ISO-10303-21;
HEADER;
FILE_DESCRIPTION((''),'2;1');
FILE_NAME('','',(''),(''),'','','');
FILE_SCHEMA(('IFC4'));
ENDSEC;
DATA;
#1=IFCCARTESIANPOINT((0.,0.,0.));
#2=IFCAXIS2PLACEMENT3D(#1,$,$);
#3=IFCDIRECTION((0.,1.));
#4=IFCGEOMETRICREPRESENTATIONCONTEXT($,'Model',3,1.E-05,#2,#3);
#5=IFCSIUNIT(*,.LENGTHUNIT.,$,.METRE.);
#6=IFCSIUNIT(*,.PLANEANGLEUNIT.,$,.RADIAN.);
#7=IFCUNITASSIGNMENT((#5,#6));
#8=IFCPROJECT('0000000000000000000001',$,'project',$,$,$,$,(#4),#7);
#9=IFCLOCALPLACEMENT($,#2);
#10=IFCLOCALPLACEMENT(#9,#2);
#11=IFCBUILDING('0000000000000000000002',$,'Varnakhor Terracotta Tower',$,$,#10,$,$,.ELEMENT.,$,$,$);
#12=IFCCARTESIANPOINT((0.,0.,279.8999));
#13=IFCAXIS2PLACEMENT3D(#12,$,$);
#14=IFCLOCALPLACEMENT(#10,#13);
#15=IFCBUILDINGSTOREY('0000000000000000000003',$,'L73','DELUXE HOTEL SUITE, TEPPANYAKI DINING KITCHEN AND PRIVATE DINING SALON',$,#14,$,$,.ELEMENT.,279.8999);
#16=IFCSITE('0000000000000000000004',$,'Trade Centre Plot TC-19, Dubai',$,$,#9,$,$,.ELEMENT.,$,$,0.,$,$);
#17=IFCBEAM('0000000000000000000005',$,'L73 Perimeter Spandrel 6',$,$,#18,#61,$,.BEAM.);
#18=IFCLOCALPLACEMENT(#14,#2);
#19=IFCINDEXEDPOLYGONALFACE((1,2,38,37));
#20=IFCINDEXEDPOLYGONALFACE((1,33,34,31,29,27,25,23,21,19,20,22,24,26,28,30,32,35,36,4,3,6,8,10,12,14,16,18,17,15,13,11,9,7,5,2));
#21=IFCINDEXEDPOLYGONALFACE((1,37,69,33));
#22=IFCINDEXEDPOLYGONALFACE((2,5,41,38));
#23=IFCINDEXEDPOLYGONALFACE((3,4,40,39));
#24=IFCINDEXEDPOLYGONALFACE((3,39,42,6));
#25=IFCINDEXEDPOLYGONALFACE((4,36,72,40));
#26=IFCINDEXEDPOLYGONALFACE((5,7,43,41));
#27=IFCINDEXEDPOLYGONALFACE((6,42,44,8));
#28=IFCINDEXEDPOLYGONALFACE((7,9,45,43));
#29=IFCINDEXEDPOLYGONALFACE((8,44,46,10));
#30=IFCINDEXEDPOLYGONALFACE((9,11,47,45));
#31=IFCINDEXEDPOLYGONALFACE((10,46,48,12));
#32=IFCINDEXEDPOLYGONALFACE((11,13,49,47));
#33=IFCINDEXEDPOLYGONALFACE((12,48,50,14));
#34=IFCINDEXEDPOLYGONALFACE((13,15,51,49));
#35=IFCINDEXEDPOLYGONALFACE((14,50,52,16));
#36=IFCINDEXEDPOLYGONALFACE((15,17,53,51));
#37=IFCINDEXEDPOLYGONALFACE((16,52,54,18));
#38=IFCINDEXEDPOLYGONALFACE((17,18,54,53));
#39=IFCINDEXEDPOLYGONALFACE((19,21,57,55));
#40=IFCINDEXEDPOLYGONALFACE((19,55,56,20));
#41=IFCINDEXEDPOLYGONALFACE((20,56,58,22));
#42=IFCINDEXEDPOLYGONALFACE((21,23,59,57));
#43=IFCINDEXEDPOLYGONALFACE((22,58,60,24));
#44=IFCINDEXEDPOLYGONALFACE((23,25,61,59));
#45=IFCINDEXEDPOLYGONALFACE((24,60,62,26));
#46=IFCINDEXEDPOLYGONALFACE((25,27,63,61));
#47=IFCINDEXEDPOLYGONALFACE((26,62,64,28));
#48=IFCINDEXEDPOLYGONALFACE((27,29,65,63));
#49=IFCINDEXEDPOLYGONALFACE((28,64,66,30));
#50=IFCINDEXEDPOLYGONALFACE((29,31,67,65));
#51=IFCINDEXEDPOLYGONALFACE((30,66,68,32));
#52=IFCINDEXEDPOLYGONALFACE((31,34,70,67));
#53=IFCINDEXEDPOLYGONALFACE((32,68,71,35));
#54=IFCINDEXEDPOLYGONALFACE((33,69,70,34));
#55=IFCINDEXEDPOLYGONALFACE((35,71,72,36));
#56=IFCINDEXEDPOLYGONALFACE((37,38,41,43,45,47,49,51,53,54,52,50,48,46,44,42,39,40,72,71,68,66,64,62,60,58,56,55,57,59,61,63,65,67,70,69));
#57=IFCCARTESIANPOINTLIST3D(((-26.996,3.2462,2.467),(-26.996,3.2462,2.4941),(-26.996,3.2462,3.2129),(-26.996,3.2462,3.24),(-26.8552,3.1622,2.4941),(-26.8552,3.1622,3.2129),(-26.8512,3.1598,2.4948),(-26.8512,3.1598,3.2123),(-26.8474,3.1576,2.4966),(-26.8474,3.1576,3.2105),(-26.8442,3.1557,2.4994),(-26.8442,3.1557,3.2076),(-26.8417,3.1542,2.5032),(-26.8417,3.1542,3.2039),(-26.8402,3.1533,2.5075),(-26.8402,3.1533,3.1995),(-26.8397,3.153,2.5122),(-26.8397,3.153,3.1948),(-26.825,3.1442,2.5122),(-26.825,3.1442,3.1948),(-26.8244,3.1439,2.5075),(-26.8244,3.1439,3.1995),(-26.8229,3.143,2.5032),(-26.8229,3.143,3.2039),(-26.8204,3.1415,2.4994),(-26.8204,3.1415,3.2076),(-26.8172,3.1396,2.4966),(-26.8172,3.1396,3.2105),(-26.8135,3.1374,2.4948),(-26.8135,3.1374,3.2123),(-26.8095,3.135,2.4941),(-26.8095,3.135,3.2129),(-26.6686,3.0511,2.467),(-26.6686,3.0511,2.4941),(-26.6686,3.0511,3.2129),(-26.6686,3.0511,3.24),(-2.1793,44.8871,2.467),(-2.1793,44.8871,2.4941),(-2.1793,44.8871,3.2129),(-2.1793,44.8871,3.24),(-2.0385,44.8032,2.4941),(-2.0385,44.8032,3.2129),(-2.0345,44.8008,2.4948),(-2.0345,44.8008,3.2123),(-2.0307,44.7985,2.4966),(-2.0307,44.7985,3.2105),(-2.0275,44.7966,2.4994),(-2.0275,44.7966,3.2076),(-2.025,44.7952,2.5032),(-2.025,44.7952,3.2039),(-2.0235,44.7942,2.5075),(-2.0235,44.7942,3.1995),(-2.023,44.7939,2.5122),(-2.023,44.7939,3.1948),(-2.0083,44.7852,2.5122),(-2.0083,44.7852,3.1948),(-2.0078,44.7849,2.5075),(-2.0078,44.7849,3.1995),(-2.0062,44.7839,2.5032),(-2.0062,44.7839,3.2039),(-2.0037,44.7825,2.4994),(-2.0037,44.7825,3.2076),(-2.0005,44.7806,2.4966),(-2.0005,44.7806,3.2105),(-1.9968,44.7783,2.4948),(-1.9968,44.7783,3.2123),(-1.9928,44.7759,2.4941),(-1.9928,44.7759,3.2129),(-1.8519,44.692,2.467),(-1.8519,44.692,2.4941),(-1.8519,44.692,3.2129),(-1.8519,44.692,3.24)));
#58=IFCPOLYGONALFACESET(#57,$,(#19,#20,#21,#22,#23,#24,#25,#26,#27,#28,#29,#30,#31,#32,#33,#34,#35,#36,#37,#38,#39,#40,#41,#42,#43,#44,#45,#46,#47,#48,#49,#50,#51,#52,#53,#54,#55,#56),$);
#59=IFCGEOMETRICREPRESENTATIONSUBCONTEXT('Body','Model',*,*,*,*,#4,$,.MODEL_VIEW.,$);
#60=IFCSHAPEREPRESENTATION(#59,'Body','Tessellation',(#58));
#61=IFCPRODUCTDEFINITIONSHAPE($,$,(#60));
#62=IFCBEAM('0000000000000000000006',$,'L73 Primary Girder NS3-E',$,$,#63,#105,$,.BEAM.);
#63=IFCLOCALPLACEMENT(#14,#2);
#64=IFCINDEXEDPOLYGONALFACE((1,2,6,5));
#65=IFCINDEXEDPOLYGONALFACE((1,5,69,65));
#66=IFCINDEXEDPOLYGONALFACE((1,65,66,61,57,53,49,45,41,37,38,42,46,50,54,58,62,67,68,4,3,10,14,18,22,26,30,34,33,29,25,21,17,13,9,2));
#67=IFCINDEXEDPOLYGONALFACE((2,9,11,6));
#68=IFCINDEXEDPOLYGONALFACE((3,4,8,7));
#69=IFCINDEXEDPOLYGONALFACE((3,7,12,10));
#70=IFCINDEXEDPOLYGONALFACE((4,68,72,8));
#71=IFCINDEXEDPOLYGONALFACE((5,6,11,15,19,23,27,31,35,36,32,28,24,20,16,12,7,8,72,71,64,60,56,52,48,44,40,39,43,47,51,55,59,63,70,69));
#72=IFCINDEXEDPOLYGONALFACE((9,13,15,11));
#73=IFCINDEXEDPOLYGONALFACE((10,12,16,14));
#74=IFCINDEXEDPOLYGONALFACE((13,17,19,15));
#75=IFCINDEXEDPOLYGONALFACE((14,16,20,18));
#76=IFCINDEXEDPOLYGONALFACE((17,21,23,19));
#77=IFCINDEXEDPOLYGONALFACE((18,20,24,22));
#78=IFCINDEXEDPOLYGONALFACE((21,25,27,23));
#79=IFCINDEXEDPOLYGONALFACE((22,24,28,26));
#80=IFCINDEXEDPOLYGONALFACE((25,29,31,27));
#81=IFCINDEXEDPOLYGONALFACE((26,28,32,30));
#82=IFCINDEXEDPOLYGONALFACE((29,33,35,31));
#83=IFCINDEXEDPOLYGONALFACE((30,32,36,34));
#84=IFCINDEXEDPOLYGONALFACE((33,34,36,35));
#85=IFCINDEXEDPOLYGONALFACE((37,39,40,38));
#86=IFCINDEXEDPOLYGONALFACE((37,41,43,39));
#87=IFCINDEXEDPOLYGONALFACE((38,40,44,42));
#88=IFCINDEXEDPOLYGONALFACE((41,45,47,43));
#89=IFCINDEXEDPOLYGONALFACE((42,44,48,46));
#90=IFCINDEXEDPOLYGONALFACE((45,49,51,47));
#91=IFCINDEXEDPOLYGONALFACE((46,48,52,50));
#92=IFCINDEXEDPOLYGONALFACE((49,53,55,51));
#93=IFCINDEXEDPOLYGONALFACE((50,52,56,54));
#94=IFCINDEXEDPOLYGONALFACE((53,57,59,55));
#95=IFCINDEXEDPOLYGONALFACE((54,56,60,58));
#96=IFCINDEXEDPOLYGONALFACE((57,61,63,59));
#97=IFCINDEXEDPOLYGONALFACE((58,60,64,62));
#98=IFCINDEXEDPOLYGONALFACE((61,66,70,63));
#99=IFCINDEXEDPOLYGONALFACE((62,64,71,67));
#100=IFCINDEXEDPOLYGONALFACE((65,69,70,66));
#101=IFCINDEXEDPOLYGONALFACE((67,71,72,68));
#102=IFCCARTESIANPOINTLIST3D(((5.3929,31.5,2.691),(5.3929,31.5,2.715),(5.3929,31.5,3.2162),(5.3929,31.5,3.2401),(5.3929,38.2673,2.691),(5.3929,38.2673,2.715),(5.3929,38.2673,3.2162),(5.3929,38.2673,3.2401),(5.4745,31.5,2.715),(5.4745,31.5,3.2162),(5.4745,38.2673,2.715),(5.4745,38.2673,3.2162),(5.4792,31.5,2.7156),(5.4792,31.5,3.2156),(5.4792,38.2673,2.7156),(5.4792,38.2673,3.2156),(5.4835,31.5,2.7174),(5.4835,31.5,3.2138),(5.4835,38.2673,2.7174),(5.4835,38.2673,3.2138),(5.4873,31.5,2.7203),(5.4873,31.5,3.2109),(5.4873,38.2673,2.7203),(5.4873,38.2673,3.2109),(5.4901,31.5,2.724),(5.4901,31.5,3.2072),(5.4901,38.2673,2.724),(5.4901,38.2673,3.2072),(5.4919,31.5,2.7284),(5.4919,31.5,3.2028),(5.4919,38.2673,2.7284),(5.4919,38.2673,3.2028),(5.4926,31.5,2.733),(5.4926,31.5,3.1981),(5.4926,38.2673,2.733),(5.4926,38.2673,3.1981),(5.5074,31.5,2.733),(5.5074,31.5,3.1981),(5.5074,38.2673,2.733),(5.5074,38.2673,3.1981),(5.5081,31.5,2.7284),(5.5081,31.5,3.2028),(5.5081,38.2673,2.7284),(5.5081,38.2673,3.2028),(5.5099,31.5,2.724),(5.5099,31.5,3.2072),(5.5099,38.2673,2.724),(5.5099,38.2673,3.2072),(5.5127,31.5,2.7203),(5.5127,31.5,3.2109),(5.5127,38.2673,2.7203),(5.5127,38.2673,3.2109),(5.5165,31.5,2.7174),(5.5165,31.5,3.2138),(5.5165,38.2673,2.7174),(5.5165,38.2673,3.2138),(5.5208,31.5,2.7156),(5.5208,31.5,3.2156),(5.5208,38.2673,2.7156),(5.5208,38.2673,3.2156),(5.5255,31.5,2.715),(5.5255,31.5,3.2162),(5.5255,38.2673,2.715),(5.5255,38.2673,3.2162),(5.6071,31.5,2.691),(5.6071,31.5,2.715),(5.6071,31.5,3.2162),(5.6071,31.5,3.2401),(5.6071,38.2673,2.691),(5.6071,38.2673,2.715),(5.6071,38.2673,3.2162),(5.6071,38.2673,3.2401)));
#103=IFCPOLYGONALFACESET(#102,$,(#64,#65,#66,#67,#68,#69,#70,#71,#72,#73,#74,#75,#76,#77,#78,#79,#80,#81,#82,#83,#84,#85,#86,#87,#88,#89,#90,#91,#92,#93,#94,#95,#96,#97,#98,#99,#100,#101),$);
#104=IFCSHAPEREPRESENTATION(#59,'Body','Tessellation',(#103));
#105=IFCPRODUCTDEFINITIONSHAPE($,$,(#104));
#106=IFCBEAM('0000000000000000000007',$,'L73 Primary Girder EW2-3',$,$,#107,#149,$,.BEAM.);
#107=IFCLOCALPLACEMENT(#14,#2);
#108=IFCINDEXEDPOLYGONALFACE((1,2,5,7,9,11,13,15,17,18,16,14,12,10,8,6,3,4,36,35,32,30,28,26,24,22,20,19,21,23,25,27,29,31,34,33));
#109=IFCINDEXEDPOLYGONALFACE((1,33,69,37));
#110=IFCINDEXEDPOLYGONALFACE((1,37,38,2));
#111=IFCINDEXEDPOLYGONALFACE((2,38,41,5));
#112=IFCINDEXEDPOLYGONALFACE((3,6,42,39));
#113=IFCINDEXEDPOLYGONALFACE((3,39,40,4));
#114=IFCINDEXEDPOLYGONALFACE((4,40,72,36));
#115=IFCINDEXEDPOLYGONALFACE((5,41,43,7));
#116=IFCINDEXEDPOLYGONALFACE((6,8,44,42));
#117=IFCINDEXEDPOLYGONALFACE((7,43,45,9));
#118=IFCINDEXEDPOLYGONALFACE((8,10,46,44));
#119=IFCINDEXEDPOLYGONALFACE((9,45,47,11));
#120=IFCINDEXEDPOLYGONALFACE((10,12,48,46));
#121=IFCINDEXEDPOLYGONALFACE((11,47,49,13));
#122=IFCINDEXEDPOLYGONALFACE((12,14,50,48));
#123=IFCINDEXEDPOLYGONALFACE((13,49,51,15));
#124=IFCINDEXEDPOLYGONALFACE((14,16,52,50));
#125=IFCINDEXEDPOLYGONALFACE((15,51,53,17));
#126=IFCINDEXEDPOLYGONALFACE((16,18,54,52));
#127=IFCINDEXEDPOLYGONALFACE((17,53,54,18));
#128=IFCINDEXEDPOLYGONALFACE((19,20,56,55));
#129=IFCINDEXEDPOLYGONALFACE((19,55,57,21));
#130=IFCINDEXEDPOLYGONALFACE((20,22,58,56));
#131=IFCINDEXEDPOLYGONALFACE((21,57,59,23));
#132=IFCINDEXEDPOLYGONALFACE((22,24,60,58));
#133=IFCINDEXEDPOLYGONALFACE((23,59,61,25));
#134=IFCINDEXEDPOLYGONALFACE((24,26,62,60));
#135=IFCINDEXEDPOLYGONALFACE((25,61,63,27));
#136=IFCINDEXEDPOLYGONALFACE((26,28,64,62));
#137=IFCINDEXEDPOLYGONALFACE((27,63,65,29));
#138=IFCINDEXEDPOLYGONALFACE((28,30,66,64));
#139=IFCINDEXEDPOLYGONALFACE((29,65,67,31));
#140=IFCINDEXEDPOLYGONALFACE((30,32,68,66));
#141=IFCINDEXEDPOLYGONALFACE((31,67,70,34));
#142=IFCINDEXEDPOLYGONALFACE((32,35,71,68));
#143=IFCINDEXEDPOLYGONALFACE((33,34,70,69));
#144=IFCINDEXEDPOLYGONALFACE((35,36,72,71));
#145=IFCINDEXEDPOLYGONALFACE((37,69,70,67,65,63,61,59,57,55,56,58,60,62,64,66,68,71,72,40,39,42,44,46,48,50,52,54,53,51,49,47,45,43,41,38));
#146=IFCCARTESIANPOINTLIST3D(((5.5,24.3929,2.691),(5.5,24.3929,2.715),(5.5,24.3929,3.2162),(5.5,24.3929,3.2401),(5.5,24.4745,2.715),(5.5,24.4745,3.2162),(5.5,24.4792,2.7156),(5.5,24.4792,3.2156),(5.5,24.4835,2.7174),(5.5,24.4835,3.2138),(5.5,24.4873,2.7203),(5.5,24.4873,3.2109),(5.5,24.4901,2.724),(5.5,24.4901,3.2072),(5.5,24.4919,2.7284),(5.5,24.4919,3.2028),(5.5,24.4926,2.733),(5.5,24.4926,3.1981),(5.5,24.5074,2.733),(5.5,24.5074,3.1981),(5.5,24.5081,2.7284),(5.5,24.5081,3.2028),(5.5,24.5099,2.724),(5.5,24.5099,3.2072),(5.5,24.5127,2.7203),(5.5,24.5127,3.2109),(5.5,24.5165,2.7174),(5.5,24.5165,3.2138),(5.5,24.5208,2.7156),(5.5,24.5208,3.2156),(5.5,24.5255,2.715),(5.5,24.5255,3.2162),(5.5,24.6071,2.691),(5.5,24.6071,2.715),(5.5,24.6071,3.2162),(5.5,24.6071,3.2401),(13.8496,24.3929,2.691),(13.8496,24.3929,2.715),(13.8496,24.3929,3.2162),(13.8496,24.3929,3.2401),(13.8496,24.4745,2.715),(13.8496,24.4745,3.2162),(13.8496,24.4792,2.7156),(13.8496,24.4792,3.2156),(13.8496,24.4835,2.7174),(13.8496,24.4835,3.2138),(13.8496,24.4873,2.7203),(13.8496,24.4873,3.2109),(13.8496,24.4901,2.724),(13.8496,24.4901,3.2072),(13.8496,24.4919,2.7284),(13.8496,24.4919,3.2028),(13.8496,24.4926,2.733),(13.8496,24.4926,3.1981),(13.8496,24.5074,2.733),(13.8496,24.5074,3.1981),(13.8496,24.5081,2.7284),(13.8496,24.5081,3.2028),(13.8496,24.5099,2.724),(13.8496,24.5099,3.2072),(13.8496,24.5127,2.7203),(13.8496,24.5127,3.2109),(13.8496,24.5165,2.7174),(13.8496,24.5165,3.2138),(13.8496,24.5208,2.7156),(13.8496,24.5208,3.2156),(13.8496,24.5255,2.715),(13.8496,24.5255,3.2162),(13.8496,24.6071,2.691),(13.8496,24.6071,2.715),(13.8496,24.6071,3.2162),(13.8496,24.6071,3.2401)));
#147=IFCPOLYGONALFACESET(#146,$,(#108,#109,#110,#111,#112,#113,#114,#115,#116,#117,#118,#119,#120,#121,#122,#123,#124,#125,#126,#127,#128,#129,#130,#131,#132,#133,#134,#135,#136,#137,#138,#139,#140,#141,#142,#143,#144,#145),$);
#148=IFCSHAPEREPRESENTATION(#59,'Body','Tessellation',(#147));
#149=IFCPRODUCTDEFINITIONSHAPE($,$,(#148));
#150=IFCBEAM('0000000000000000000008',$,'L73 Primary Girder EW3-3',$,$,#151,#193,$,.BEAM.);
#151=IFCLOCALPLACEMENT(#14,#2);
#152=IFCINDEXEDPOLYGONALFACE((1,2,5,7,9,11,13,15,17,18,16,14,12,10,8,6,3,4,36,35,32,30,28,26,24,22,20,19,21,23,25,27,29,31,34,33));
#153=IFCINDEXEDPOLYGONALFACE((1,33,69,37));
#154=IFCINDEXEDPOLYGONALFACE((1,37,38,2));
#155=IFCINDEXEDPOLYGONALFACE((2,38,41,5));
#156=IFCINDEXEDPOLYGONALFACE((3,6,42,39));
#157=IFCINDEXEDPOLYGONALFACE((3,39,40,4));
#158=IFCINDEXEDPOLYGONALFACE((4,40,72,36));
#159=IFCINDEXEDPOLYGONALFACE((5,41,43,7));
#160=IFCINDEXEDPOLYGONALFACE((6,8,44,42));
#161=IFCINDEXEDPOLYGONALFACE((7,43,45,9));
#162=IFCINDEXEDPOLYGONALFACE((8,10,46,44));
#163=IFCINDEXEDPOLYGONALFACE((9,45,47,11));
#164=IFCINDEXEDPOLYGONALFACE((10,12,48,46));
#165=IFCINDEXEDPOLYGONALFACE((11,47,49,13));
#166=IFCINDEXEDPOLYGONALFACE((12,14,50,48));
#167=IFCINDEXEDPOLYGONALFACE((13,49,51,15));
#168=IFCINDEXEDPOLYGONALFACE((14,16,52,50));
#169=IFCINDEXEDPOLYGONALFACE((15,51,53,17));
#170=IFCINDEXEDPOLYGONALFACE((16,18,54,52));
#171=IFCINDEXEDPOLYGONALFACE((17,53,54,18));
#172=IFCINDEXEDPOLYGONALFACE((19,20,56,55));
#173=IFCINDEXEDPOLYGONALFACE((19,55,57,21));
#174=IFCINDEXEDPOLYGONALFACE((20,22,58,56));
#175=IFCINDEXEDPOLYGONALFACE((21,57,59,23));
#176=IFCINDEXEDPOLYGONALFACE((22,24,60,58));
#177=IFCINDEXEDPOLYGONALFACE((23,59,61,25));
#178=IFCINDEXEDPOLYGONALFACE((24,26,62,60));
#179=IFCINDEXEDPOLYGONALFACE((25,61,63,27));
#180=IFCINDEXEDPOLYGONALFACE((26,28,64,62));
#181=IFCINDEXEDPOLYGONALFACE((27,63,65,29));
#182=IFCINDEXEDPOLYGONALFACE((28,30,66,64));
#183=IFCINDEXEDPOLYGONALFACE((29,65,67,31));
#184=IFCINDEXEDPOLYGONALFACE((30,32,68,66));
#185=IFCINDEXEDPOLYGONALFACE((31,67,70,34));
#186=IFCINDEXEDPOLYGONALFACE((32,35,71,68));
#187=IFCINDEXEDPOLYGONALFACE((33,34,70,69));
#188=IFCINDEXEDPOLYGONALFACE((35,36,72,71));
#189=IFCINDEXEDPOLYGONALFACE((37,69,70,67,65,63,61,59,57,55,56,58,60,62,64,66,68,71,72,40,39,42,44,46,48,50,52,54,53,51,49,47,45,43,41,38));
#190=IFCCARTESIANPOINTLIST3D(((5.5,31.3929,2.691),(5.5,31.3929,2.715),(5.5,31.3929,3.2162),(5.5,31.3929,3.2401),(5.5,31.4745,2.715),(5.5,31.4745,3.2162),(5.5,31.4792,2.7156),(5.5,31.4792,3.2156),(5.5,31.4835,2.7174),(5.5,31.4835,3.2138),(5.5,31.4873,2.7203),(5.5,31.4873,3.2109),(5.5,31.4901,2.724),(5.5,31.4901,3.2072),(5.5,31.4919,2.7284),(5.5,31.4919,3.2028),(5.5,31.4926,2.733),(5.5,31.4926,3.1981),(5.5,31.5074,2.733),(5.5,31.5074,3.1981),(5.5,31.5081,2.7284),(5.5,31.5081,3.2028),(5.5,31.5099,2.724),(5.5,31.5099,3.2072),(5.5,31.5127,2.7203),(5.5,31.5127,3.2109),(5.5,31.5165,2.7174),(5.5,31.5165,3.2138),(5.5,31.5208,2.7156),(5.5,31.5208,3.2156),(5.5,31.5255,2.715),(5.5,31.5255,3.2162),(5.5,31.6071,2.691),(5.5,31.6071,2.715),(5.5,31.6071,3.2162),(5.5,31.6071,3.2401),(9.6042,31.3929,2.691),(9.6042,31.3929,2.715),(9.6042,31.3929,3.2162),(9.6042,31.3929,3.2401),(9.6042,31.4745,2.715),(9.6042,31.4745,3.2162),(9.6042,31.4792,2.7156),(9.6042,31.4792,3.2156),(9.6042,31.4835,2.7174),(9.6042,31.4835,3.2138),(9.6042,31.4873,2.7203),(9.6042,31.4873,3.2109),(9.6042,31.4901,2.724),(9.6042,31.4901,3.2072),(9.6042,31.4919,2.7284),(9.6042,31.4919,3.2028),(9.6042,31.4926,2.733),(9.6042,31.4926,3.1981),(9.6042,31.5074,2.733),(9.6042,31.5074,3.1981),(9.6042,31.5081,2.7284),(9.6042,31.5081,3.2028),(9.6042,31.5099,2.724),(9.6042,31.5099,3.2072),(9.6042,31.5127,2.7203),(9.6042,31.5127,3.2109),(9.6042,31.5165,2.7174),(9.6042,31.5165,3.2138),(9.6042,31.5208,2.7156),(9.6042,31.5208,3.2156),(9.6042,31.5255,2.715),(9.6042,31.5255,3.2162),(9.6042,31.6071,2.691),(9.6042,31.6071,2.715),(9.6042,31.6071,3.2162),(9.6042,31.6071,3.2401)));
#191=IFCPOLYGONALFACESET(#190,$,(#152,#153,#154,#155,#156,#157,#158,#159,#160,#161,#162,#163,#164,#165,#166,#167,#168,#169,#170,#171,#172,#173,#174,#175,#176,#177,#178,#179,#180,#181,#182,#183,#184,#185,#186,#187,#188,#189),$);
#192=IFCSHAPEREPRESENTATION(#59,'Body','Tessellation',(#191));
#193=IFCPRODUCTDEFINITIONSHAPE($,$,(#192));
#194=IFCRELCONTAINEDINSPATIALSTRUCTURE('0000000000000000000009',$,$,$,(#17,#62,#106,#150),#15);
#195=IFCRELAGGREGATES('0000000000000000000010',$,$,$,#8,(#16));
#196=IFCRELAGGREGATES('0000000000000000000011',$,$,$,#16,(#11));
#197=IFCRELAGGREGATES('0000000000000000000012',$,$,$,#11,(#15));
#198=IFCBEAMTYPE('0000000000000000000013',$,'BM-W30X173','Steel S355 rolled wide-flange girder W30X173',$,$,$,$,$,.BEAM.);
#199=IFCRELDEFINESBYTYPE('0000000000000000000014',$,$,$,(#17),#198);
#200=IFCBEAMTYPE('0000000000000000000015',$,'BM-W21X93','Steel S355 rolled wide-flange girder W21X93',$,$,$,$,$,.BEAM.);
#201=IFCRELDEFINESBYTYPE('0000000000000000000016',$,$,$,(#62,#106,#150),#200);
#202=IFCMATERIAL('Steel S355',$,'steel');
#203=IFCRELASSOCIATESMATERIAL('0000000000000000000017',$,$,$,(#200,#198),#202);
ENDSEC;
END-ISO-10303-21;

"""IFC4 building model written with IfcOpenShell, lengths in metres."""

from ifc_helpers import new_model, si_unit, direction, frame, origin, origin_2d, place, context, subcontext, project, spatial, i_section, extrude, source, transform, mapped, material, material_profile, profile_set, type_object, element, save


model = new_model("IFC4")

# Units and contexts
model_context = context("Model", 3, precision=1e-05, world=origin(), true_north=direction((0.0, 1.0)))
body_context = subcontext(model_context, "Body", "Model", "MODEL_VIEW")
ifc_project = project(units=[si_unit("LENGTHUNIT", "METRE"), si_unit("PLANEANGLEUNIT", "RADIAN")], contexts=[model_context])

# Site, building, storey
site_placement = place(None, origin())
site = spatial("IfcSite", under=ifc_project, at=site_placement, Name="Trade Centre Plot TC-19, Dubai", CompositionType="ELEMENT", RefElevation=0.0)
building_placement = place(site_placement, origin())
building = spatial("IfcBuilding", under=site, at=building_placement, Name="Varnakhor Terracotta Tower", CompositionType="ELEMENT")
storey_placement = place(building_placement, frame((0.0, 0.0, 279.8999)))
storey = spatial("IfcBuildingStorey", under=building, at=storey_placement, Name="L73", Description="DELUXE HOTEL SUITE, TEPPANYAKI DINING KITCHEN AND PRIVATE DINING SALON", CompositionType="ELEMENT", Elevation=279.8999)

# Shared definitions
ifc_material_1 = material(Name="Steel S355", Category="steel")

# Beams
ifc_material_profile_1 = material_profile(ifc_material_1, i_section(OverallWidth=0.2141, OverallDepth=0.5491, WebThickness=0.0149, FlangeThickness=0.0239, FilletRadius=0.0181, at=origin_2d()), Name="W21X93")
ifc_profile_set_1 = profile_set([ifc_material_profile_1], Name="Steel S355")
beam_type_1 = type_object("IfcBeamType", Name="BM-W21X93", Description="Steel S355 rolled wide-flange girder W21X93", PredefinedType="BEAM", material=ifc_profile_set_1)
ifc_material_profile_2 = material_profile(ifc_material_1, i_section(OverallWidth=0.3811, OverallDepth=0.7729, WebThickness=0.0171, FlangeThickness=0.0271, FilletRadius=0.0181, at=origin_2d()), Name="W30X173")
ifc_profile_set_2 = profile_set([ifc_material_profile_2], Name="Steel S355")
beam_type_2 = type_object("IfcBeamType", Name="BM-W30X173", Description="Steel S355 rolled wide-flange girder W30X173", PredefinedType="BEAM", material=ifc_profile_set_2)
shared_shape_1 = source(origin(), body_context, "Body", "SweptSolid", [
    extrude(i_section(OverallWidth=0.3811, OverallDepth=0.7729, WebThickness=0.0171, FlangeThickness=0.0271, FilletRadius=0.0181, at=origin_2d()), origin(), (0.0, 0.0, 1.0), 48.4751),
])
beam_1_placement = place(storey_placement, frame((-2.0156, 44.7896, 2.8535), z_axis=(-0.511947, -0.859017, 0.0), x_axis=(0.859017, -0.511947, 0.0)))
element("IfcBeam", 1, at=beam_1_placement, inside=storey, type_object=beam_type_2, Name="L73 Perimeter Spandrel 6", PredefinedType="BEAM", context=body_context, shape_type="MappedRepresentation", body=[
    mapped(shared_shape_1, transform((0.0, 0.0, 0.0), scale=1.0)),
])
shared_shape_2 = source(origin(), body_context, "Body", "SweptSolid", [
    extrude(i_section(OverallWidth=0.2141, OverallDepth=0.5491, WebThickness=0.0149, FlangeThickness=0.0239, FilletRadius=0.0181, at=origin_2d()), origin(), (0.0, 0.0, 1.0), 6.7673),
])
beam_2_placement = place(storey_placement, frame((5.5, 31.5, 2.9656), z_axis=(0.0, 1.0, 0.0), x_axis=(-1.0, 0.0, 0.0)))
element("IfcBeam", 2, at=beam_2_placement, inside=storey, type_object=beam_type_1, Name="L73 Primary Girder NS3-E", PredefinedType="BEAM", context=body_context, shape_type="MappedRepresentation", body=[
    mapped(shared_shape_2, transform((0.0, 0.0, 0.0), scale=1.0)),
])
shared_shape_3 = source(origin(), body_context, "Body", "SweptSolid", [
    extrude(i_section(OverallWidth=0.2141, OverallDepth=0.5491, WebThickness=0.0149, FlangeThickness=0.0239, FilletRadius=0.0181, at=origin_2d()), origin(), (0.0, 0.0, 1.0), 8.3496),
])
beam_3_placement = place(storey_placement, frame((5.5, 24.5, 2.9656), z_axis=(1.0, 0.0, 0.0), x_axis=(0.0, 1.0, 0.0)))
element("IfcBeam", 3, at=beam_3_placement, inside=storey, type_object=beam_type_1, Name="L73 Primary Girder EW2-3", PredefinedType="BEAM", context=body_context, shape_type="MappedRepresentation", body=[
    mapped(shared_shape_3, transform((0.0, 0.0, 0.0), scale=1.0)),
])
shared_shape_4 = source(origin(), body_context, "Body", "SweptSolid", [
    extrude(i_section(OverallWidth=0.2141, OverallDepth=0.5491, WebThickness=0.0149, FlangeThickness=0.0239, FilletRadius=0.0181, at=origin_2d()), origin(), (0.0, 0.0, 1.0), 4.1042),
])
beam_4_placement = place(storey_placement, frame((5.5, 31.5, 2.9656), z_axis=(1.0, 0.0, 0.0), x_axis=(0.0, 1.0, 0.0)))
element("IfcBeam", 4, at=beam_4_placement, inside=storey, type_object=beam_type_1, Name="L73 Primary Girder EW3-3", PredefinedType="BEAM", context=body_context, shape_type="MappedRepresentation", body=[
    mapped(shared_shape_4, transform((0.0, 0.0, 0.0), scale=1.0)),
])

save(model, "model.ifc")
